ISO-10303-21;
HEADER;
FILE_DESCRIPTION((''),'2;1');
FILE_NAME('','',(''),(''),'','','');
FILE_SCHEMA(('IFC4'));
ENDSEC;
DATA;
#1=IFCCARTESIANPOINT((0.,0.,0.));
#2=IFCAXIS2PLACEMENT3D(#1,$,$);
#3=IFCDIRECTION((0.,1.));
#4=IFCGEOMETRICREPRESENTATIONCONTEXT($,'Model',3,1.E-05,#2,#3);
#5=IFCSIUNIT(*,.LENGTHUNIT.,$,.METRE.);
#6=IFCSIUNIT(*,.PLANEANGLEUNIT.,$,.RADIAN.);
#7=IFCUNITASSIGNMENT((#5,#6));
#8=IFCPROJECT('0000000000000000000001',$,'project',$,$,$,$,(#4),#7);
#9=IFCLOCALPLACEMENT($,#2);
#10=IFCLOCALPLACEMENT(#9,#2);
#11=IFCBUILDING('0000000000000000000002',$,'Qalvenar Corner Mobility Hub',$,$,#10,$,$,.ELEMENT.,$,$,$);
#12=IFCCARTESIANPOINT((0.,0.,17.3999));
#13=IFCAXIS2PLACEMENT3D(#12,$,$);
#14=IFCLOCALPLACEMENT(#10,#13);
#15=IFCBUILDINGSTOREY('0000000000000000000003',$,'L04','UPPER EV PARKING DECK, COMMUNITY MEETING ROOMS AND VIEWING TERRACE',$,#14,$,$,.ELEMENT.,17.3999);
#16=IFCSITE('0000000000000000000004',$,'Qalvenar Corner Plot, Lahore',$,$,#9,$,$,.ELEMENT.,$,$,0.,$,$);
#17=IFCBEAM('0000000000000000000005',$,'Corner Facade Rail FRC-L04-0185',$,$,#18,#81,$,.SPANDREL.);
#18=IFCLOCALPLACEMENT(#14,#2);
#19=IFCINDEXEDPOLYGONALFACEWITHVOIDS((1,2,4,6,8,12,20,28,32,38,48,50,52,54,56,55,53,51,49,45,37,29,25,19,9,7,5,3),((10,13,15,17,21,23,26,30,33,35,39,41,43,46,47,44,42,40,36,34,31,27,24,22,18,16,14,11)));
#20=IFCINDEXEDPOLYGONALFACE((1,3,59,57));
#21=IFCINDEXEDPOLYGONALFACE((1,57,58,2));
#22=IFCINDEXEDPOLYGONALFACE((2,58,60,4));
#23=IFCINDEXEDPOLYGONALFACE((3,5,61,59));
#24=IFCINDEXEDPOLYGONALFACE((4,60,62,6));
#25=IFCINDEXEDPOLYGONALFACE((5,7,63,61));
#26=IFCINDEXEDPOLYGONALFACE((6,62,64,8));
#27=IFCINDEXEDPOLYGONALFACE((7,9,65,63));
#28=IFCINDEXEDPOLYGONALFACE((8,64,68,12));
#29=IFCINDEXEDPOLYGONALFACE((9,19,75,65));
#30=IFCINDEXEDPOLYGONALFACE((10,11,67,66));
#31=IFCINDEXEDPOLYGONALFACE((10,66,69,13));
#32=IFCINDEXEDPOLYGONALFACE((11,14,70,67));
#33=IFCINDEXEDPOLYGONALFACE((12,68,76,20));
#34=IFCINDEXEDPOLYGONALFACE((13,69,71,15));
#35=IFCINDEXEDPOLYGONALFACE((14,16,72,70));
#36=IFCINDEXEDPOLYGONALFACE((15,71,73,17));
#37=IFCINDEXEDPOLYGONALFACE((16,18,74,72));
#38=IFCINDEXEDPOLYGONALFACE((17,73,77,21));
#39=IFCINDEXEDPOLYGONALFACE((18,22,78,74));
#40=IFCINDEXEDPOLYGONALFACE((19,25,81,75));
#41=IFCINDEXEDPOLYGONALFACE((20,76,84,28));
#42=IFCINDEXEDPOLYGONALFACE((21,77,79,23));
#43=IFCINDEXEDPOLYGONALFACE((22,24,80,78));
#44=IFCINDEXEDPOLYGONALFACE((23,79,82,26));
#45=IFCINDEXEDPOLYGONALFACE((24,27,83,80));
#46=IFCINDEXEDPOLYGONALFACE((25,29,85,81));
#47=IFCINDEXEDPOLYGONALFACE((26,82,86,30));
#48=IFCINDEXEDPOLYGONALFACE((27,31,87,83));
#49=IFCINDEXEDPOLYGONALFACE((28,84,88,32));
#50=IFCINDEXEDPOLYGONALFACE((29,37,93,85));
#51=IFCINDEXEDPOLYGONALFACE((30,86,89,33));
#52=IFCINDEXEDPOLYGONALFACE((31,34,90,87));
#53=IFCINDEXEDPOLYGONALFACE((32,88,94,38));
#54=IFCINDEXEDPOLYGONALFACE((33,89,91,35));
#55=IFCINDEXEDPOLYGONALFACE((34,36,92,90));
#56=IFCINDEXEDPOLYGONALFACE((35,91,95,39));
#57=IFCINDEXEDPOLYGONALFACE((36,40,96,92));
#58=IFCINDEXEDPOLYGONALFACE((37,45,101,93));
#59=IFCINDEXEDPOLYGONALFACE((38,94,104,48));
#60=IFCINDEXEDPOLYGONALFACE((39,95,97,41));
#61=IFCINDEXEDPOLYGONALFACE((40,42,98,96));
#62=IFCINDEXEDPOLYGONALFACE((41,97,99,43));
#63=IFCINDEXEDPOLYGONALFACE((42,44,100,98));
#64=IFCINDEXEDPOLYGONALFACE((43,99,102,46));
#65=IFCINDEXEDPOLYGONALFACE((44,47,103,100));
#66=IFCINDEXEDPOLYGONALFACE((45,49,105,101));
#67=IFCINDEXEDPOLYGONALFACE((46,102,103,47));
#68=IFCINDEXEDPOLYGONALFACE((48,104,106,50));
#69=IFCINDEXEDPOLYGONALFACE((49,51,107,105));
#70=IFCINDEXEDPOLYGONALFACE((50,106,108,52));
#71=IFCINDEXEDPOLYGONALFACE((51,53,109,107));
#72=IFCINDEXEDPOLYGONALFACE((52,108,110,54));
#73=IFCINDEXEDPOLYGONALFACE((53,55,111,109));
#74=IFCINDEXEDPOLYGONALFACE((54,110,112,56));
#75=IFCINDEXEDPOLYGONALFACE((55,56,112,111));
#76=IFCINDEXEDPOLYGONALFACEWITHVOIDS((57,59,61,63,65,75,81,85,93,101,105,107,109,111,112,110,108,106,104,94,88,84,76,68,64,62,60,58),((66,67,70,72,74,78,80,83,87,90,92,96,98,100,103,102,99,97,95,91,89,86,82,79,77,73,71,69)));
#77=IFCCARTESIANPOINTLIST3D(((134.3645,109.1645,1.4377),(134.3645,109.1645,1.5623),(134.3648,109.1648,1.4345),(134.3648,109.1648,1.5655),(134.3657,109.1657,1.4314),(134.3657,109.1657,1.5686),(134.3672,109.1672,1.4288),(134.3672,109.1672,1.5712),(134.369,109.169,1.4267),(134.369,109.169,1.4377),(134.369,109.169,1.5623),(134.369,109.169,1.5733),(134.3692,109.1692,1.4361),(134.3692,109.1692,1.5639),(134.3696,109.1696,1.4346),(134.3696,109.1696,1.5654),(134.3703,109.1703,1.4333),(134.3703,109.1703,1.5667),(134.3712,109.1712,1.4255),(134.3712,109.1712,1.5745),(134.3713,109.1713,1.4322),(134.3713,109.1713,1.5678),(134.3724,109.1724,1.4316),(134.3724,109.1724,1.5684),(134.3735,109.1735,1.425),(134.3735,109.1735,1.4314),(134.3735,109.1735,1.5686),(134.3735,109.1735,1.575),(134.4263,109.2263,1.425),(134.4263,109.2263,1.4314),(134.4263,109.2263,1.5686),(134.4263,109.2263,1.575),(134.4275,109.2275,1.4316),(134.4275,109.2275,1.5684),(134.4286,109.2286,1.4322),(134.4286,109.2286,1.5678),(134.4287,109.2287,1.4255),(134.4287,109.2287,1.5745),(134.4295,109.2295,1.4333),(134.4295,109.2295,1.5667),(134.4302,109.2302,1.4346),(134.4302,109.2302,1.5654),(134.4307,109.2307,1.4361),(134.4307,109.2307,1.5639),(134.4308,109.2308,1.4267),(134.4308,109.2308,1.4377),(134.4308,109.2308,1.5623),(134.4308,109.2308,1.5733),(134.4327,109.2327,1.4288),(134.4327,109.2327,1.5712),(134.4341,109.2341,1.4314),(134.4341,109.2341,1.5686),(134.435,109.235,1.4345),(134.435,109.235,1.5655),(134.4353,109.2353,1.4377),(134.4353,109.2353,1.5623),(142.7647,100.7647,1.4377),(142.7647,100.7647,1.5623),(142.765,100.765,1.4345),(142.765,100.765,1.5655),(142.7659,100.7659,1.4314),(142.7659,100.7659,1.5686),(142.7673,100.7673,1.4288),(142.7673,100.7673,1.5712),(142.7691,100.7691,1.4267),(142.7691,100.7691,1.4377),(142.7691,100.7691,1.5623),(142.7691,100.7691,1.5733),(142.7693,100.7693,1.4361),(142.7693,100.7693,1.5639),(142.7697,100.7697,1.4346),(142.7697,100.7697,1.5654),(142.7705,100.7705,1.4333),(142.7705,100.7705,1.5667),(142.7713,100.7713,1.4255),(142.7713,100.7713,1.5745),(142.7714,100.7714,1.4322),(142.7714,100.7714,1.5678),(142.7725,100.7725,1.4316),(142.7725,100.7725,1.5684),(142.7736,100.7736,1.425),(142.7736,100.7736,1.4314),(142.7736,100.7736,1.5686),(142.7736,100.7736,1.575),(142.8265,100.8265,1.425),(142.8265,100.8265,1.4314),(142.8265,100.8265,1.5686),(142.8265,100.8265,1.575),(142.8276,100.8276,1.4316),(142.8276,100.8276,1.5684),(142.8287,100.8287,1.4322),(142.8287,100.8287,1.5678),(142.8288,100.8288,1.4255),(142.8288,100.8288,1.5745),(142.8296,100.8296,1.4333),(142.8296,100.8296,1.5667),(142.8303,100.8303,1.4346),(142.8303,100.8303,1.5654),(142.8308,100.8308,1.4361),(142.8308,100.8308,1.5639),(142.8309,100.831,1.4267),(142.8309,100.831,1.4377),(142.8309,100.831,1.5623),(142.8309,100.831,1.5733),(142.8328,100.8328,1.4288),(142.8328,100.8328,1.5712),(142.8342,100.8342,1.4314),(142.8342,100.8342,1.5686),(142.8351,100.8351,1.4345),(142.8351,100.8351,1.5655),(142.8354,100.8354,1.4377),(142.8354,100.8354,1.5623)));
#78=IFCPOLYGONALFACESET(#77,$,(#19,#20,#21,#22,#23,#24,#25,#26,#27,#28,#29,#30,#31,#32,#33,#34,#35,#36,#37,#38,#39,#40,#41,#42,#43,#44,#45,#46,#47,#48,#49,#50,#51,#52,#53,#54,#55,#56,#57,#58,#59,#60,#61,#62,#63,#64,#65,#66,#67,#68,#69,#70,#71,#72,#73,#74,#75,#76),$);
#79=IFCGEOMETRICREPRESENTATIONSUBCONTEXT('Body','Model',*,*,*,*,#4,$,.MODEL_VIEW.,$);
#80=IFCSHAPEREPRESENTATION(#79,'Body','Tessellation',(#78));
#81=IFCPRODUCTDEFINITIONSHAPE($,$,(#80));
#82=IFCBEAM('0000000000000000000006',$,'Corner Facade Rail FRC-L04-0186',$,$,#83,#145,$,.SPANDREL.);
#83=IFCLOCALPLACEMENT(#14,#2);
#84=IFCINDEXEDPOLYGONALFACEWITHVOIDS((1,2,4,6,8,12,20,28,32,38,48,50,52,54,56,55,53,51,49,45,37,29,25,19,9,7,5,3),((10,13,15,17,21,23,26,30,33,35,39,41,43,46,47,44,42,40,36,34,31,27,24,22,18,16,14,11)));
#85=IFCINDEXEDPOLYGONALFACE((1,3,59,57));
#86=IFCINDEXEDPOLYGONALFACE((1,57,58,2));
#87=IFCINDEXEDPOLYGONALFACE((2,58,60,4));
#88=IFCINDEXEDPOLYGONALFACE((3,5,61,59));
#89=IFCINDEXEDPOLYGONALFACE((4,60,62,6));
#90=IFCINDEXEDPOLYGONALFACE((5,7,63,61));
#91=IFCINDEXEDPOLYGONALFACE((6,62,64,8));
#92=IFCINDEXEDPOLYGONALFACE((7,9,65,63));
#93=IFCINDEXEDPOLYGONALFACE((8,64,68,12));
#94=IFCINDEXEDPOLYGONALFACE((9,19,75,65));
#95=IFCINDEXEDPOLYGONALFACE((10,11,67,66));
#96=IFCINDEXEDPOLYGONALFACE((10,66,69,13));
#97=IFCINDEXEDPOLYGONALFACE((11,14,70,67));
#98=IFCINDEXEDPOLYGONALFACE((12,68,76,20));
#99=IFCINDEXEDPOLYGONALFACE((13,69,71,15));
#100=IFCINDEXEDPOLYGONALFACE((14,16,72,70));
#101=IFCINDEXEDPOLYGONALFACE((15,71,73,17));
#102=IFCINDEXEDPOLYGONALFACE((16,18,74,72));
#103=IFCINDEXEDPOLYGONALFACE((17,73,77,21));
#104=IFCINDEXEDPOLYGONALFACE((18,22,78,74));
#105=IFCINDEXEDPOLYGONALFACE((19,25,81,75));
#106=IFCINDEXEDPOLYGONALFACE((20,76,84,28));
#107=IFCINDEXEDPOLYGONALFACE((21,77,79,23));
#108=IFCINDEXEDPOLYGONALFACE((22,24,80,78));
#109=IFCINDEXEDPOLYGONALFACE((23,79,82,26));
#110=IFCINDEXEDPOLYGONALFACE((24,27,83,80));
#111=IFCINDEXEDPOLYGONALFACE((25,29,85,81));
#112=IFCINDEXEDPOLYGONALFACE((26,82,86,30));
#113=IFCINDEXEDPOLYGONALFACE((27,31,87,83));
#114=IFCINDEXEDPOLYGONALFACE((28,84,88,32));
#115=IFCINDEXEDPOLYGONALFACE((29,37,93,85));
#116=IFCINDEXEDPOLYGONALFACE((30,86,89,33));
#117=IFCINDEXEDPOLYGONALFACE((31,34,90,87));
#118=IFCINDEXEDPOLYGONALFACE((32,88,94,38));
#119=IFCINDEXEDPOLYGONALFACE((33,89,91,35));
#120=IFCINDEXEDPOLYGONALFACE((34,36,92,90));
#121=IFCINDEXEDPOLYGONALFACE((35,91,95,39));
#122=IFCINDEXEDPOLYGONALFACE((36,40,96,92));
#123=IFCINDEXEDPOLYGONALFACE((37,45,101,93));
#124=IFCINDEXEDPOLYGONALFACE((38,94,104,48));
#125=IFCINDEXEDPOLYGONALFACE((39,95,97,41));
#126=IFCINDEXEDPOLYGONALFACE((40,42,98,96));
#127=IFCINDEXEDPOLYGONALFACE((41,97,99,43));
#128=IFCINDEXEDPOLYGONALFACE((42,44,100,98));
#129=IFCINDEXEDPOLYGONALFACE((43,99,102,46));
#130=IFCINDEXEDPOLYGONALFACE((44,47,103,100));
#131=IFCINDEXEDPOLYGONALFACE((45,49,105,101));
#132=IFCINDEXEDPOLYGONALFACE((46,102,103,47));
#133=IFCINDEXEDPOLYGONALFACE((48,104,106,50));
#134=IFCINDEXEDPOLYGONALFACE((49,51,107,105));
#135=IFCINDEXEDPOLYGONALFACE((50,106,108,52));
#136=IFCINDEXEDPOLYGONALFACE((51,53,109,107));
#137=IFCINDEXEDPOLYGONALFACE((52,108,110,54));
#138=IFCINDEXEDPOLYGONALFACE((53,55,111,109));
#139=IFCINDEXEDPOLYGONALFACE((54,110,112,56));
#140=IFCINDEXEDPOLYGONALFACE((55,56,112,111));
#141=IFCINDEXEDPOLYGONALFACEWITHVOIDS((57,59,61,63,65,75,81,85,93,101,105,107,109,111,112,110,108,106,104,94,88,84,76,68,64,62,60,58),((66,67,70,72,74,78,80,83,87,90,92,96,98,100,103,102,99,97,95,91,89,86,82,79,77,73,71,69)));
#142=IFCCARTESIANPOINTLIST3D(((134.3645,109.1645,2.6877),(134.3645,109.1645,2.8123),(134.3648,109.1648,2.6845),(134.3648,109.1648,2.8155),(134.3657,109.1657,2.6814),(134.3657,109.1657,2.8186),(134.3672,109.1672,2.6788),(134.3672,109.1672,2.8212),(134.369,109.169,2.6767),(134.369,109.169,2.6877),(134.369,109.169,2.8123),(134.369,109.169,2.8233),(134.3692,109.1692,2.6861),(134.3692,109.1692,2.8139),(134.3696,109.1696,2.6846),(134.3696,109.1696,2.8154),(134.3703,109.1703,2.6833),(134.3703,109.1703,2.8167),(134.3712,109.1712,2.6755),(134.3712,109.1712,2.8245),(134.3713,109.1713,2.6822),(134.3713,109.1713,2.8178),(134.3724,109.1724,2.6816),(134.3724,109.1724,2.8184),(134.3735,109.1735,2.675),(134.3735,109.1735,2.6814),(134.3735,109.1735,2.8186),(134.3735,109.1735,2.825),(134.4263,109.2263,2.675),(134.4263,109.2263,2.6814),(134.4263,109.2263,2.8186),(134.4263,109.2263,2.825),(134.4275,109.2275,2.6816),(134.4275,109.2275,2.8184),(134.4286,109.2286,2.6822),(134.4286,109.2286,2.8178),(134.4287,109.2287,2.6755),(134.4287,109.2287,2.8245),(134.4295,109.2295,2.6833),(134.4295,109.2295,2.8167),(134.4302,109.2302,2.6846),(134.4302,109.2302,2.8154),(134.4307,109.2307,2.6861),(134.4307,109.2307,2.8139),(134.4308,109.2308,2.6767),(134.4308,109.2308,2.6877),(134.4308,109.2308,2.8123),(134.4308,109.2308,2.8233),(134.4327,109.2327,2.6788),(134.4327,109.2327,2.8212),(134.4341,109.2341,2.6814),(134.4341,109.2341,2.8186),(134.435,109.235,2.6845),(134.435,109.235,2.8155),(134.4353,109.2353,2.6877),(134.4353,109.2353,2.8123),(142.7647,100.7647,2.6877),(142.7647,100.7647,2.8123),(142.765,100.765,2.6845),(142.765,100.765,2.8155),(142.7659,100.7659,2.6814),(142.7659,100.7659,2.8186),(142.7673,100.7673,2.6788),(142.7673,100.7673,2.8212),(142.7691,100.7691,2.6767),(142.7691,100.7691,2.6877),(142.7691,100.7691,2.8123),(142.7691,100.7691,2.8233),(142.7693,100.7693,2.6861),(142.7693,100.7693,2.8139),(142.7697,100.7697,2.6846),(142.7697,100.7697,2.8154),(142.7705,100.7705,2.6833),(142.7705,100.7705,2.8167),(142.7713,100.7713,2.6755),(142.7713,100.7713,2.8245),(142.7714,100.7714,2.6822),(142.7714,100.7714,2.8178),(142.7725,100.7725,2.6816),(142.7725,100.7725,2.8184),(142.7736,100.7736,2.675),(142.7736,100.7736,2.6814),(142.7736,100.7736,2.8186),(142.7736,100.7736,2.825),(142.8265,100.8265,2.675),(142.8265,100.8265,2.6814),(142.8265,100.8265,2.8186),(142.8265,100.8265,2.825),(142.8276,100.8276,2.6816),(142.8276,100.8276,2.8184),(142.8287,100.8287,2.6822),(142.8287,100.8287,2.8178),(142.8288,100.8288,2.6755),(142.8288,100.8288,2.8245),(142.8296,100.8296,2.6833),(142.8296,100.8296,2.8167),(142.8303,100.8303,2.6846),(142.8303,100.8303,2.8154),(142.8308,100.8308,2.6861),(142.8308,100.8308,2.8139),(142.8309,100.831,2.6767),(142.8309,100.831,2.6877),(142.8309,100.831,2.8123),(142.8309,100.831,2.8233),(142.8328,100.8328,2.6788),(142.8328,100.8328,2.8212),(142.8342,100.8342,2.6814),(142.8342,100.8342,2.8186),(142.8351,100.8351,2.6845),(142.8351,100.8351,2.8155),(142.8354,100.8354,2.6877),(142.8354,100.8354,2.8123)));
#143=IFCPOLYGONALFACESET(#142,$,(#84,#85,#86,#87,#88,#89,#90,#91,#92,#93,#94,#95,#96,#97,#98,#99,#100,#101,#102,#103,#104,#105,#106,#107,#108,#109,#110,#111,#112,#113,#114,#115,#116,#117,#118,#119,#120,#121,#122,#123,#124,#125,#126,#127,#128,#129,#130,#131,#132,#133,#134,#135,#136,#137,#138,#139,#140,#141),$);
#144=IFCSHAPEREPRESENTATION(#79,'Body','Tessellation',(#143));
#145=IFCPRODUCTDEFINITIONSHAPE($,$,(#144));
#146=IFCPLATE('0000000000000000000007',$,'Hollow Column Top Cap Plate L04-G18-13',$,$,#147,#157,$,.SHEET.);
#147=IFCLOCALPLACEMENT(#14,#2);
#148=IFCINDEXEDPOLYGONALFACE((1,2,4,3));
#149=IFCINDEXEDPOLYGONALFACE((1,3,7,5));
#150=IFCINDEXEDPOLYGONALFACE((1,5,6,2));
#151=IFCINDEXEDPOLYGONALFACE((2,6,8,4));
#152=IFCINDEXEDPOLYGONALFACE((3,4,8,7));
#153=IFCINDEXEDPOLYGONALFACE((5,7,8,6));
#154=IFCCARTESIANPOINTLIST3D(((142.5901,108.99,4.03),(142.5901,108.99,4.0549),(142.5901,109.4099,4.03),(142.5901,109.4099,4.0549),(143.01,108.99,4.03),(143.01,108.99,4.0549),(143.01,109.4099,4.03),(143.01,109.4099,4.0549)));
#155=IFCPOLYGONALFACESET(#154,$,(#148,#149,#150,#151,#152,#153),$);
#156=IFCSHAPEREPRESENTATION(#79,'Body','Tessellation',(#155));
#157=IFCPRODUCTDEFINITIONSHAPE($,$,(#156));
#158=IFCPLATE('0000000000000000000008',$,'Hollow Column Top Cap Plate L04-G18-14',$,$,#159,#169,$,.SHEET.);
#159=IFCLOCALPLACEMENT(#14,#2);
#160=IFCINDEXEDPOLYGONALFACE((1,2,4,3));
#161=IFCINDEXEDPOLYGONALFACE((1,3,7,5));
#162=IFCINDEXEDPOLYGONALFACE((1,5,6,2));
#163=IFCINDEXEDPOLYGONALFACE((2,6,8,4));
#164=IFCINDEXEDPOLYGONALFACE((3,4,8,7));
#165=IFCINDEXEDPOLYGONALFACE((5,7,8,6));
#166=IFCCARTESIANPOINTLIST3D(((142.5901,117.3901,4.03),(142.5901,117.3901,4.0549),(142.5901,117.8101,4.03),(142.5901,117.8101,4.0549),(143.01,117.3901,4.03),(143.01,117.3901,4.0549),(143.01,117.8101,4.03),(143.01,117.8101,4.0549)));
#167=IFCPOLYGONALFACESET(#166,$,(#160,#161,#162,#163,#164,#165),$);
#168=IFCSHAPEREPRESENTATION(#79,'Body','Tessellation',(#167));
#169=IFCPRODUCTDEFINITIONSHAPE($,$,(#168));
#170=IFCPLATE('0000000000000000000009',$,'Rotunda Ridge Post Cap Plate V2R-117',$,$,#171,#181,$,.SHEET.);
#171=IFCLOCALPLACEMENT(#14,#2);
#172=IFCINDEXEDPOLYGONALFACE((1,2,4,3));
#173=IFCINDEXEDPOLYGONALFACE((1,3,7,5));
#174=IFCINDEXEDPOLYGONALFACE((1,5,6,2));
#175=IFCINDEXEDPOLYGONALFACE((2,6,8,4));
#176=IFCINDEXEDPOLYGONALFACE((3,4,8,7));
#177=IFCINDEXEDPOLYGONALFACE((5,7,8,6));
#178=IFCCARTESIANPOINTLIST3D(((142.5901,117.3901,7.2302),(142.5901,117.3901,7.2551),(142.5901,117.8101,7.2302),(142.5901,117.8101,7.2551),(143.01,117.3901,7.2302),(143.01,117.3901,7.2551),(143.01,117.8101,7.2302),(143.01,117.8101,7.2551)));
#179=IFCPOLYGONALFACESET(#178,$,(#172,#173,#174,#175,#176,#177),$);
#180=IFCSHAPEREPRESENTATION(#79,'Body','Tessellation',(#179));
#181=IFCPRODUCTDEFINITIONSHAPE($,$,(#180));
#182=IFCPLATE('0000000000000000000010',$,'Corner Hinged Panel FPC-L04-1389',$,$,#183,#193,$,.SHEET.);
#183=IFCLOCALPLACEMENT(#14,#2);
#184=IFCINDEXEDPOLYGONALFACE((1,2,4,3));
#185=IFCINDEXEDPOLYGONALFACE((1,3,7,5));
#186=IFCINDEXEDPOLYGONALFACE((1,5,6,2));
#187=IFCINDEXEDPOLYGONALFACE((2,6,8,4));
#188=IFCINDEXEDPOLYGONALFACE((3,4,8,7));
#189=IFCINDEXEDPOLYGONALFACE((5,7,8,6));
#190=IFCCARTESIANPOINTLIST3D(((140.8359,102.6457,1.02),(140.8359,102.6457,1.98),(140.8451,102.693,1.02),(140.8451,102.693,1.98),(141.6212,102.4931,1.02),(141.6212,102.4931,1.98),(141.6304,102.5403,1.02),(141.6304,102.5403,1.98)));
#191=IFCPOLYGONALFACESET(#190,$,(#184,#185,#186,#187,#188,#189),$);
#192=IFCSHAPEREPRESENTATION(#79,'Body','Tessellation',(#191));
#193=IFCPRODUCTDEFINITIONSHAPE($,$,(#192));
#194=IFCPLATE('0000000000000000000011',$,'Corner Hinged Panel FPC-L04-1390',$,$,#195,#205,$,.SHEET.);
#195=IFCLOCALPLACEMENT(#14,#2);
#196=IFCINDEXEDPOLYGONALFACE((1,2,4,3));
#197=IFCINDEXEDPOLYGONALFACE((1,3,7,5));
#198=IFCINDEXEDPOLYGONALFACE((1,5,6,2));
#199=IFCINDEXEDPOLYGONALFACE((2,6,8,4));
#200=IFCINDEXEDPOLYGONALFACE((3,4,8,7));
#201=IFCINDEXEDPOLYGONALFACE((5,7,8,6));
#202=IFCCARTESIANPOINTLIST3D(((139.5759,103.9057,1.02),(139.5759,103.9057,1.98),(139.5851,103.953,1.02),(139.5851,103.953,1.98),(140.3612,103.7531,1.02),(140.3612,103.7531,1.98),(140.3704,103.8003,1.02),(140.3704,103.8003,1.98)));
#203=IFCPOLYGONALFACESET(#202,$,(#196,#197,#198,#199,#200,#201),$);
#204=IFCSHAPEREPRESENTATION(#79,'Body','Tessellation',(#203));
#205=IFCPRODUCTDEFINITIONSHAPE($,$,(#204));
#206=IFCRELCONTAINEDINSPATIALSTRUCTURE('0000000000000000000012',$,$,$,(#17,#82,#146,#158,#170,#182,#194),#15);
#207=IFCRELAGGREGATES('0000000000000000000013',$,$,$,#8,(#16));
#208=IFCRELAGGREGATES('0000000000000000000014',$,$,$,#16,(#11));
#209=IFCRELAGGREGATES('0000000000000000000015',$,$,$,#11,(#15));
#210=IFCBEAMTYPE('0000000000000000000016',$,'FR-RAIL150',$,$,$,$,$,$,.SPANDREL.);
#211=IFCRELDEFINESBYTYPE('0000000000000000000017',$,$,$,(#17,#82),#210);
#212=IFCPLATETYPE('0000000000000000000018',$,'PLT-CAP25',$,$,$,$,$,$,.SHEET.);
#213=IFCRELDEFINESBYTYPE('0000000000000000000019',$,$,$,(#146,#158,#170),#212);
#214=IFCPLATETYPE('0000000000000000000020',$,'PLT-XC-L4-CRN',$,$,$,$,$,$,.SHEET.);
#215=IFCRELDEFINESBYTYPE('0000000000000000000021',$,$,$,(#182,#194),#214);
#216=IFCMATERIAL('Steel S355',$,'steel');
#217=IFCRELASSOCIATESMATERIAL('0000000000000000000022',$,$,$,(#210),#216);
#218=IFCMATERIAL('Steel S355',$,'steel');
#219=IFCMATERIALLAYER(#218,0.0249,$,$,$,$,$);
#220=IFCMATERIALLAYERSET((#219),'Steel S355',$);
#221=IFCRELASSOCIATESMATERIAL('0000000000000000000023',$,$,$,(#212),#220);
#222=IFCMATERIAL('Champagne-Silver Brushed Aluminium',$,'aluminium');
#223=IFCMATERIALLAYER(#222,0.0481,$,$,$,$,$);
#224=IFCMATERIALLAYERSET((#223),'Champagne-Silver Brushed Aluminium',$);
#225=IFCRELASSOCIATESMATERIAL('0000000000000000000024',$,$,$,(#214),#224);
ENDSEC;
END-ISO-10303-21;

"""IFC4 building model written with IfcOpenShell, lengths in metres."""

from ifc_helpers import new_model, si_unit, direction, frame, origin, origin_2d, place, context, subcontext, project, spatial, rectangle, hollow_rectangle, extrude, material, layer, layer_set, material_profile, profile_set, type_object, element, save


model = new_model("IFC4")

# Units and contexts
model_context = context("Model", 3, precision=1e-05, world=origin(), true_north=direction((0.0, 1.0)))
body_context = subcontext(model_context, "Body", "Model", "MODEL_VIEW")
ifc_project = project(units=[si_unit("LENGTHUNIT", "METRE"), si_unit("PLANEANGLEUNIT", "RADIAN")], contexts=[model_context])

# Site, building, storey
site_placement = place(None, origin())
site = spatial("IfcSite", under=ifc_project, at=site_placement, Name="Qalvenar Corner Plot, Lahore", CompositionType="ELEMENT", RefElevation=0.0)
building_placement = place(site_placement, origin())
building = spatial("IfcBuilding", under=site, at=building_placement, Name="Qalvenar Corner Mobility Hub", CompositionType="ELEMENT")
storey_placement = place(building_placement, frame((0.0, 0.0, 17.3999)))
storey = spatial("IfcBuildingStorey", under=building, at=storey_placement, Name="L04", Description="UPPER EV PARKING DECK, COMMUNITY MEETING ROOMS AND VIEWING TERRACE", CompositionType="ELEMENT", Elevation=17.3999)

# Shared definitions
ifc_material_1 = material(Name="Steel S355", Category="steel")

# Beams
ifc_material_profile_1 = material_profile(ifc_material_1, hollow_rectangle(XDim=0.1001, YDim=0.1499, WallThickness=0.0063, InnerFilletRadius=0.0063, OuterFilletRadius=0.0127, at=origin_2d()), Name="RHS150x100x6.3")
ifc_profile_set_1 = profile_set([ifc_material_profile_1], Name="Steel S355")
beam_type_1 = type_object("IfcBeamType", Name="FR-RAIL150", PredefinedType="SPANDREL", material=ifc_profile_set_1)
for number, where, z_axis, x_axis, name in (
    (1, (142.8, 100.8, 1.5), (-0.707117, 0.707097, 0.0), (-0.707097, -0.707117, 0.0), "Corner Facade Rail FRC-L04-0185"),
    (2, (142.8, 100.8, 2.75), (-0.707117, 0.707097, 0.0), (-0.707097, -0.707117, 0.0), "Corner Facade Rail FRC-L04-0186"),
):
    element("IfcBeam", number, at=place(storey_placement, frame(where, z_axis=z_axis, x_axis=x_axis)), inside=storey, type_object=beam_type_1, Name=name, PredefinedType="SPANDREL", context=body_context, shape_type="SweptSolid", body=[
        extrude(hollow_rectangle(XDim=0.1001, YDim=0.1499, WallThickness=0.0063, InnerFilletRadius=0.0063, OuterFilletRadius=0.0127, at=origin_2d()), origin(), (0.0, 0.0, 1.0), 11.8794),
    ])

# Plates
ifc_material_2 = material(Name="Steel S355", Category="steel")
ifc_layer_1 = layer(ifc_material_2, 0.0249)
ifc_layer_set_1 = layer_set([ifc_layer_1], Name="Steel S355")
plate_type_1 = type_object("IfcPlateType", Name="PLT-CAP25", PredefinedType="SHEET", material=ifc_layer_set_1)
for number, where, z_axis, x_axis, name in (
    (3, (142.8, 109.2, 4.03), (0.0, 0.0, 1.0), (1.0, 0.0, 0.0), "Hollow Column Top Cap Plate L04-G18-13"),
    (4, (142.8, 117.6001, 4.03), (0.0, 0.0, 1.0), (1.0, 0.0, 0.0), "Hollow Column Top Cap Plate L04-G18-14"),
    (5, (142.8, 117.6001, 7.2302), (0.0, 0.0, 1.0), (1.0, 0.0, 0.0), "Rotunda Ridge Post Cap Plate V2R-117"),
):
    element("IfcPlate", number, at=place(storey_placement, frame(where, z_axis=z_axis, x_axis=x_axis)), inside=storey, type_object=plate_type_1, Name=name, PredefinedType="SHEET", context=body_context, shape_type="SweptSolid", body=[
        extrude(rectangle(XDim=0.4199, YDim=0.4199, at=origin_2d()), origin(), (0.0, 0.0, 1.0), 0.0249),
    ])
ifc_material_3 = material(Name="Champagne-Silver Brushed Aluminium", Category="aluminium")
ifc_layer_2 = layer(ifc_material_3, 0.0481)
ifc_layer_set_2 = layer_set([ifc_layer_2], Name="Champagne-Silver Brushed Aluminium")
plate_type_2 = type_object("IfcPlateType", Name="PLT-XC-L4-CRN", PredefinedType="SHEET", material=ifc_layer_set_2)
for number, where, z_axis, x_axis, name in (
    (6, (141.2332, 102.593, 1.02), (0.0, 0.0, 1.0), (-0.981627, 0.190809, 0.0), "Corner Hinged Panel FPC-L04-1389"),
    (7, (139.9731, 103.853, 1.02), (0.0, 0.0, 1.0), (-0.981627, 0.190809, 0.0), "Corner Hinged Panel FPC-L04-1390"),
):
    element("IfcPlate", number, at=place(storey_placement, frame(where, z_axis=z_axis, x_axis=x_axis)), inside=storey, type_object=plate_type_2, Name=name, PredefinedType="SHEET", context=body_context, shape_type="SweptSolid", body=[
        extrude(rectangle(XDim=0.8, YDim=0.0481, at=origin_2d()), origin(), (0.0, 0.0, 1.0), 0.96),
    ])

save(model, "model.ifc")
